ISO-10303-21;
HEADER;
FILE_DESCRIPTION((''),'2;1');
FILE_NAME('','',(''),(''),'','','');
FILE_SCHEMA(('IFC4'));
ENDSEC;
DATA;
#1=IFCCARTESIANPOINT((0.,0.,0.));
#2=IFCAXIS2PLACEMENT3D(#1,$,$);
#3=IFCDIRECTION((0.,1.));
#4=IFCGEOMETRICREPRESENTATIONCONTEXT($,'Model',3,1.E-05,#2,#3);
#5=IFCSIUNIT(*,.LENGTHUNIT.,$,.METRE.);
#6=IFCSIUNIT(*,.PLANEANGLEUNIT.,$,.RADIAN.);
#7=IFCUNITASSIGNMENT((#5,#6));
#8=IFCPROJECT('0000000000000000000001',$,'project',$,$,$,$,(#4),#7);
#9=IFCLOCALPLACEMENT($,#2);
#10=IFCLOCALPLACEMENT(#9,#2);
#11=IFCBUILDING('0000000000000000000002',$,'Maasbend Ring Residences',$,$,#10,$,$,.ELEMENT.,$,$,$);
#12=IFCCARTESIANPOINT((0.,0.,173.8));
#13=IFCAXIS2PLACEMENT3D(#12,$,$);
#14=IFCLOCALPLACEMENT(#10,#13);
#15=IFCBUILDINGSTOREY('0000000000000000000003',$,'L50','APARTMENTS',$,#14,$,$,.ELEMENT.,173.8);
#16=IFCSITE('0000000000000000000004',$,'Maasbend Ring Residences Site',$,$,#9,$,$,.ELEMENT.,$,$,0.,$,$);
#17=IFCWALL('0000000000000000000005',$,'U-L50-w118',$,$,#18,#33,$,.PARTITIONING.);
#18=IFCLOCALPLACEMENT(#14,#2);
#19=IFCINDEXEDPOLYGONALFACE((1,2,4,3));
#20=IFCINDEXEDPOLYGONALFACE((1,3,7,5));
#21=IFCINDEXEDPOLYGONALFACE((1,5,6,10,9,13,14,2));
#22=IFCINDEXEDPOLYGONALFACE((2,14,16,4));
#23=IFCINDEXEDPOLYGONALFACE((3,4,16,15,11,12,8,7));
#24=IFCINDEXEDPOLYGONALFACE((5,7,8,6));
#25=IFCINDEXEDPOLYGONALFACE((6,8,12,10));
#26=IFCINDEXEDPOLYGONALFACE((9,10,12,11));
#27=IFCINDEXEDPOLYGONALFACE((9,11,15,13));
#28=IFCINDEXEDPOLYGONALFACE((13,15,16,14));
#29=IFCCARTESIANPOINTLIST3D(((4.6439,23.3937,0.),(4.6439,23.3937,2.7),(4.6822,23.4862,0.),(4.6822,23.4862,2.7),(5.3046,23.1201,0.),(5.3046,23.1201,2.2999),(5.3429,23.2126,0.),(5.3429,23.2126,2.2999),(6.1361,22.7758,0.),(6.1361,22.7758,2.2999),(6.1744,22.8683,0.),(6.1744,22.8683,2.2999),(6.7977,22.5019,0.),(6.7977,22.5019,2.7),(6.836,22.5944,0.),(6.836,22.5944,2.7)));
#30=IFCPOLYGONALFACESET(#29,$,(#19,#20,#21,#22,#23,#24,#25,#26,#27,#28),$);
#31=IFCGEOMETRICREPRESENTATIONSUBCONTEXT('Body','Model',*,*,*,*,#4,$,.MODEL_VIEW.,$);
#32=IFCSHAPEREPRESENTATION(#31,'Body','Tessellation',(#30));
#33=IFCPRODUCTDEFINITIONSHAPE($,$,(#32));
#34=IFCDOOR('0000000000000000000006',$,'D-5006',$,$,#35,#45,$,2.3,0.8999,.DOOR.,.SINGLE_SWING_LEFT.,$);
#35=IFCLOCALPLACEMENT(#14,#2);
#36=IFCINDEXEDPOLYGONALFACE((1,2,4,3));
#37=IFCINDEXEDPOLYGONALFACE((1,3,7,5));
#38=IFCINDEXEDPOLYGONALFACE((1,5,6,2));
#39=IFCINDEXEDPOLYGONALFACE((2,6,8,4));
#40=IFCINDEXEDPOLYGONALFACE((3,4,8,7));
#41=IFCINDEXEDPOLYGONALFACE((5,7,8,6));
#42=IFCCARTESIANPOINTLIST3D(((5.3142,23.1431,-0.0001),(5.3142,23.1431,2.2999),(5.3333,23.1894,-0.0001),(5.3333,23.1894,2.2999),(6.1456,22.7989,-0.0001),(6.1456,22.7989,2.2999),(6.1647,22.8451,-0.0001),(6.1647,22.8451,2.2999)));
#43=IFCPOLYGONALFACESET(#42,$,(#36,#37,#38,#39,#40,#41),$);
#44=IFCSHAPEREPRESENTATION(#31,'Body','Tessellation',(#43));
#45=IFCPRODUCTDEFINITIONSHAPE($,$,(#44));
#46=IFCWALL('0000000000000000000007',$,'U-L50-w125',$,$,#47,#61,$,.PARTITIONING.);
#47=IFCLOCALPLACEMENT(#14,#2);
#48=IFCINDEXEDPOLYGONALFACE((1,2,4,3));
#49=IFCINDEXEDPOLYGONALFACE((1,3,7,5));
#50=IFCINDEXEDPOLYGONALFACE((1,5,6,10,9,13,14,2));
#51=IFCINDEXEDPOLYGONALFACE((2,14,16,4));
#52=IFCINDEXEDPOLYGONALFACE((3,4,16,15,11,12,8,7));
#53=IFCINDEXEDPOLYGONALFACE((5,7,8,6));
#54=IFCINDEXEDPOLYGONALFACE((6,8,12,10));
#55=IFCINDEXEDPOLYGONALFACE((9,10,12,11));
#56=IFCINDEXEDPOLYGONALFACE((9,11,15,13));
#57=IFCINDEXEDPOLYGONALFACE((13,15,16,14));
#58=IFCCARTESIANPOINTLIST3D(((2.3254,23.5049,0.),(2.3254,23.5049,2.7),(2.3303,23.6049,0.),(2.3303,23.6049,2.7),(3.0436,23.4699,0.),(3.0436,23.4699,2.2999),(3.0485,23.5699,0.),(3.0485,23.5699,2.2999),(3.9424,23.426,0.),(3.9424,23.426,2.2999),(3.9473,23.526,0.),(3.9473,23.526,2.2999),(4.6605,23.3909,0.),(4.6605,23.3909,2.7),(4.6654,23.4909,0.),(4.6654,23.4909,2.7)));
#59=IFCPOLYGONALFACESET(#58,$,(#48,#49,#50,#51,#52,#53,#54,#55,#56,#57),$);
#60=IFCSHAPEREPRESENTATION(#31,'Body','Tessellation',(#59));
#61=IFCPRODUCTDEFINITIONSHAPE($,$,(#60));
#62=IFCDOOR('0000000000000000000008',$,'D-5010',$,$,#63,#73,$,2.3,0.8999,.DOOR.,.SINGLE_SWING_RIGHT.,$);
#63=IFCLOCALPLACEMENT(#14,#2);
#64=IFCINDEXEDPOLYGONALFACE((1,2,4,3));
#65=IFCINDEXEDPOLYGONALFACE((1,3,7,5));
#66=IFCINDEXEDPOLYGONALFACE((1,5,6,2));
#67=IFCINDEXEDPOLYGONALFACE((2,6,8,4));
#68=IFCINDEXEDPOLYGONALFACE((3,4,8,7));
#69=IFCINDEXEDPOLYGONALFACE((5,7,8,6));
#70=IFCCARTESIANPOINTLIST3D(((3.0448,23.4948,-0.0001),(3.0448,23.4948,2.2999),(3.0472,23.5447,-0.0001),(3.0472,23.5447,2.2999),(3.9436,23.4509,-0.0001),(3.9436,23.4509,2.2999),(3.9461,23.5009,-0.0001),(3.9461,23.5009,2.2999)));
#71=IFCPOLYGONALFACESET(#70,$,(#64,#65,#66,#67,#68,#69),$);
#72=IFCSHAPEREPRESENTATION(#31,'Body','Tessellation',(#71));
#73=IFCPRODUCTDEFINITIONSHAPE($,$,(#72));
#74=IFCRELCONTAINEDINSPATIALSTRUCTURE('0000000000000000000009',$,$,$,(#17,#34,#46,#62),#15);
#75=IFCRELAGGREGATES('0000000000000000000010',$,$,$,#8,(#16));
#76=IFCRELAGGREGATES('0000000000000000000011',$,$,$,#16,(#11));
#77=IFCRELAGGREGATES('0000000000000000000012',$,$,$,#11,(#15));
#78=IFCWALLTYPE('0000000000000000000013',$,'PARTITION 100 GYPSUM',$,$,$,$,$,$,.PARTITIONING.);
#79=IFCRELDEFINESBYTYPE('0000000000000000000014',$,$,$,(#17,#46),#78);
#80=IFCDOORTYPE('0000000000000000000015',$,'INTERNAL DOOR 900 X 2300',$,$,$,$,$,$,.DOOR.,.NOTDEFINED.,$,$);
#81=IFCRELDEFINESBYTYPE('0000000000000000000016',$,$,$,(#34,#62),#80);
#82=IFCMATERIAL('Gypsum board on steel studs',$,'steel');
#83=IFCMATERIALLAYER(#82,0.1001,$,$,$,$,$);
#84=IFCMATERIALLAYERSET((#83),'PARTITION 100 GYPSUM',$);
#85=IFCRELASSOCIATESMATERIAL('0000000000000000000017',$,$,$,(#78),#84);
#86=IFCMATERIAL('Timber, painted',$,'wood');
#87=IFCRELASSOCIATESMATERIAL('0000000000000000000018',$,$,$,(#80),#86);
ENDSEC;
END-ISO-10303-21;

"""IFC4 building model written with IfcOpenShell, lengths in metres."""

from ifc_helpers import new_model, si_unit, direction, frame, frame_2d, origin, place, context, subcontext, project, spatial, rectangle, extrude, material, layer, layer_set, type_object, element, fill, save


model = new_model("IFC4")

# Units and contexts
model_context = context("Model", 3, precision=1e-05, world=origin(), true_north=direction((0.0, 1.0)))
body_context = subcontext(model_context, "Body", "Model", "MODEL_VIEW")
ifc_project = project(units=[si_unit("LENGTHUNIT", "METRE"), si_unit("PLANEANGLEUNIT", "RADIAN")], contexts=[model_context])

# Site, building, storey
site_placement = place(None, origin())
site = spatial("IfcSite", under=ifc_project, at=site_placement, Name="Maasbend Ring Residences Site", CompositionType="ELEMENT", RefElevation=0.0)
building_placement = place(site_placement, origin())
building = spatial("IfcBuilding", under=site, at=building_placement, Name="Maasbend Ring Residences", CompositionType="ELEMENT")
storey_placement = place(building_placement, frame((0.0, 0.0, 173.8)))
storey = spatial("IfcBuildingStorey", under=building, at=storey_placement, Name="L50", Description="APARTMENTS", CompositionType="ELEMENT", Elevation=173.8)

# Walls, openings, doors
ifc_material_1 = material(Name="Gypsum board on steel studs", Category="steel")
ifc_layer_1 = layer(ifc_material_1, 0.1001)
ifc_layer_set_1 = layer_set([ifc_layer_1], Name="PARTITION 100 GYPSUM")
wall_type_1 = type_object("IfcWallType", Name="PARTITION 100 GYPSUM", PredefinedType="PARTITIONING", material=ifc_layer_set_1)
wall_1_placement = place(storey_placement, frame((4.6631, 23.4399, 0.0), z_axis=(0.0, 0.0, 1.0), x_axis=(0.923924, -0.382577, 0.0)))
wall_1 = element("IfcWall", 1, at=wall_1_placement, inside=storey, type_object=wall_type_1, Name="U-L50-w118", PredefinedType="PARTITIONING", context=body_context, shape_type="SweptSolid", body=[
    extrude(rectangle(XDim=2.3311, YDim=0.1001, at=frame_2d((1.1655, 0.0))), origin(), (0.0, 0.0, 1.0), 2.7),
])
opening_1_placement = place(wall_1_placement, frame((0.7151, 0.0, 0.0)))
opening_1 = element("IfcOpeningElement", 2, at=opening_1_placement, cuts=wall_1, PredefinedType="OPENING", context=body_context, shape_type="SweptSolid", body=[
    extrude(rectangle(XDim=0.8999, YDim=2.3, at=frame_2d((0.45, 1.1499))), frame((0.0, 0.0601, 0.0), z_axis=(0.0, -1.0, 0.0), x_axis=(1.0, 0.0, 0.0)), (0.0, 0.0, 1.0), 0.1201),
])
ifc_material_2 = material(Name="Timber, painted", Category="wood")
door_type_1 = type_object("IfcDoorType", Name="INTERNAL DOOR 900 X 2300", OperationType="NOTDEFINED", PredefinedType="DOOR", material=ifc_material_2)
door_1_placement = place(opening_1_placement, origin())
door_1 = element("IfcDoor", 3, at=door_1_placement, inside=storey, type_object=door_type_1, Name="D-5006", OperationType="SINGLE_SWING_LEFT", OverallHeight=2.3, OverallWidth=0.8999, PredefinedType="DOOR", context=body_context, shape_type="SweptSolid", body=[
    extrude(rectangle(XDim=0.8999, YDim=2.3, at=frame_2d((0.45, 1.1499))), frame((0.0, 0.0249, 0.0), z_axis=(0.0, -1.0, 0.0), x_axis=(1.0, 0.0, 0.0)), (0.0, 0.0, 1.0), 0.05),
])
fill(opening_1, door_1)
wall_2_placement = place(storey_placement, frame((2.3279, 23.5549, 0.0), z_axis=(0.0, 0.0, 1.0), x_axis=(0.99881, -0.048766, 0.0)))
wall_2 = element("IfcWall", 4, at=wall_2_placement, inside=storey, type_object=wall_type_1, Name="U-L50-w125", PredefinedType="PARTITIONING", context=body_context, shape_type="SweptSolid", body=[
    extrude(rectangle(XDim=2.3379, YDim=0.1001, at=frame_2d((1.1689, 0.0))), origin(), (0.0, 0.0, 1.0), 2.7),
])
opening_2_placement = place(wall_2_placement, frame((0.719, 0.0, 0.0)))
opening_2 = element("IfcOpeningElement", 5, at=opening_2_placement, cuts=wall_2, PredefinedType="OPENING", context=body_context, shape_type="SweptSolid", body=[
    extrude(rectangle(XDim=0.8999, YDim=2.3, at=frame_2d((0.45, 1.1499))), frame((0.0, 0.0601, 0.0), z_axis=(0.0, -1.0, 0.0), x_axis=(1.0, 0.0, 0.0)), (0.0, 0.0, 1.0), 0.1201),
])
door_2_placement = place(opening_2_placement, origin())
door_2 = element("IfcDoor", 6, at=door_2_placement, inside=storey, type_object=door_type_1, Name="D-5010", OperationType="SINGLE_SWING_RIGHT", OverallHeight=2.3, OverallWidth=0.8999, PredefinedType="DOOR", context=body_context, shape_type="SweptSolid", body=[
    extrude(rectangle(XDim=0.8999, YDim=2.3, at=frame_2d((0.45, 1.1499))), frame((0.0, 0.0249, 0.0), z_axis=(0.0, -1.0, 0.0), x_axis=(1.0, 0.0, 0.0)), (0.0, 0.0, 1.0), 0.05),
])
fill(opening_2, door_2)

save(model, "model.ifc")
